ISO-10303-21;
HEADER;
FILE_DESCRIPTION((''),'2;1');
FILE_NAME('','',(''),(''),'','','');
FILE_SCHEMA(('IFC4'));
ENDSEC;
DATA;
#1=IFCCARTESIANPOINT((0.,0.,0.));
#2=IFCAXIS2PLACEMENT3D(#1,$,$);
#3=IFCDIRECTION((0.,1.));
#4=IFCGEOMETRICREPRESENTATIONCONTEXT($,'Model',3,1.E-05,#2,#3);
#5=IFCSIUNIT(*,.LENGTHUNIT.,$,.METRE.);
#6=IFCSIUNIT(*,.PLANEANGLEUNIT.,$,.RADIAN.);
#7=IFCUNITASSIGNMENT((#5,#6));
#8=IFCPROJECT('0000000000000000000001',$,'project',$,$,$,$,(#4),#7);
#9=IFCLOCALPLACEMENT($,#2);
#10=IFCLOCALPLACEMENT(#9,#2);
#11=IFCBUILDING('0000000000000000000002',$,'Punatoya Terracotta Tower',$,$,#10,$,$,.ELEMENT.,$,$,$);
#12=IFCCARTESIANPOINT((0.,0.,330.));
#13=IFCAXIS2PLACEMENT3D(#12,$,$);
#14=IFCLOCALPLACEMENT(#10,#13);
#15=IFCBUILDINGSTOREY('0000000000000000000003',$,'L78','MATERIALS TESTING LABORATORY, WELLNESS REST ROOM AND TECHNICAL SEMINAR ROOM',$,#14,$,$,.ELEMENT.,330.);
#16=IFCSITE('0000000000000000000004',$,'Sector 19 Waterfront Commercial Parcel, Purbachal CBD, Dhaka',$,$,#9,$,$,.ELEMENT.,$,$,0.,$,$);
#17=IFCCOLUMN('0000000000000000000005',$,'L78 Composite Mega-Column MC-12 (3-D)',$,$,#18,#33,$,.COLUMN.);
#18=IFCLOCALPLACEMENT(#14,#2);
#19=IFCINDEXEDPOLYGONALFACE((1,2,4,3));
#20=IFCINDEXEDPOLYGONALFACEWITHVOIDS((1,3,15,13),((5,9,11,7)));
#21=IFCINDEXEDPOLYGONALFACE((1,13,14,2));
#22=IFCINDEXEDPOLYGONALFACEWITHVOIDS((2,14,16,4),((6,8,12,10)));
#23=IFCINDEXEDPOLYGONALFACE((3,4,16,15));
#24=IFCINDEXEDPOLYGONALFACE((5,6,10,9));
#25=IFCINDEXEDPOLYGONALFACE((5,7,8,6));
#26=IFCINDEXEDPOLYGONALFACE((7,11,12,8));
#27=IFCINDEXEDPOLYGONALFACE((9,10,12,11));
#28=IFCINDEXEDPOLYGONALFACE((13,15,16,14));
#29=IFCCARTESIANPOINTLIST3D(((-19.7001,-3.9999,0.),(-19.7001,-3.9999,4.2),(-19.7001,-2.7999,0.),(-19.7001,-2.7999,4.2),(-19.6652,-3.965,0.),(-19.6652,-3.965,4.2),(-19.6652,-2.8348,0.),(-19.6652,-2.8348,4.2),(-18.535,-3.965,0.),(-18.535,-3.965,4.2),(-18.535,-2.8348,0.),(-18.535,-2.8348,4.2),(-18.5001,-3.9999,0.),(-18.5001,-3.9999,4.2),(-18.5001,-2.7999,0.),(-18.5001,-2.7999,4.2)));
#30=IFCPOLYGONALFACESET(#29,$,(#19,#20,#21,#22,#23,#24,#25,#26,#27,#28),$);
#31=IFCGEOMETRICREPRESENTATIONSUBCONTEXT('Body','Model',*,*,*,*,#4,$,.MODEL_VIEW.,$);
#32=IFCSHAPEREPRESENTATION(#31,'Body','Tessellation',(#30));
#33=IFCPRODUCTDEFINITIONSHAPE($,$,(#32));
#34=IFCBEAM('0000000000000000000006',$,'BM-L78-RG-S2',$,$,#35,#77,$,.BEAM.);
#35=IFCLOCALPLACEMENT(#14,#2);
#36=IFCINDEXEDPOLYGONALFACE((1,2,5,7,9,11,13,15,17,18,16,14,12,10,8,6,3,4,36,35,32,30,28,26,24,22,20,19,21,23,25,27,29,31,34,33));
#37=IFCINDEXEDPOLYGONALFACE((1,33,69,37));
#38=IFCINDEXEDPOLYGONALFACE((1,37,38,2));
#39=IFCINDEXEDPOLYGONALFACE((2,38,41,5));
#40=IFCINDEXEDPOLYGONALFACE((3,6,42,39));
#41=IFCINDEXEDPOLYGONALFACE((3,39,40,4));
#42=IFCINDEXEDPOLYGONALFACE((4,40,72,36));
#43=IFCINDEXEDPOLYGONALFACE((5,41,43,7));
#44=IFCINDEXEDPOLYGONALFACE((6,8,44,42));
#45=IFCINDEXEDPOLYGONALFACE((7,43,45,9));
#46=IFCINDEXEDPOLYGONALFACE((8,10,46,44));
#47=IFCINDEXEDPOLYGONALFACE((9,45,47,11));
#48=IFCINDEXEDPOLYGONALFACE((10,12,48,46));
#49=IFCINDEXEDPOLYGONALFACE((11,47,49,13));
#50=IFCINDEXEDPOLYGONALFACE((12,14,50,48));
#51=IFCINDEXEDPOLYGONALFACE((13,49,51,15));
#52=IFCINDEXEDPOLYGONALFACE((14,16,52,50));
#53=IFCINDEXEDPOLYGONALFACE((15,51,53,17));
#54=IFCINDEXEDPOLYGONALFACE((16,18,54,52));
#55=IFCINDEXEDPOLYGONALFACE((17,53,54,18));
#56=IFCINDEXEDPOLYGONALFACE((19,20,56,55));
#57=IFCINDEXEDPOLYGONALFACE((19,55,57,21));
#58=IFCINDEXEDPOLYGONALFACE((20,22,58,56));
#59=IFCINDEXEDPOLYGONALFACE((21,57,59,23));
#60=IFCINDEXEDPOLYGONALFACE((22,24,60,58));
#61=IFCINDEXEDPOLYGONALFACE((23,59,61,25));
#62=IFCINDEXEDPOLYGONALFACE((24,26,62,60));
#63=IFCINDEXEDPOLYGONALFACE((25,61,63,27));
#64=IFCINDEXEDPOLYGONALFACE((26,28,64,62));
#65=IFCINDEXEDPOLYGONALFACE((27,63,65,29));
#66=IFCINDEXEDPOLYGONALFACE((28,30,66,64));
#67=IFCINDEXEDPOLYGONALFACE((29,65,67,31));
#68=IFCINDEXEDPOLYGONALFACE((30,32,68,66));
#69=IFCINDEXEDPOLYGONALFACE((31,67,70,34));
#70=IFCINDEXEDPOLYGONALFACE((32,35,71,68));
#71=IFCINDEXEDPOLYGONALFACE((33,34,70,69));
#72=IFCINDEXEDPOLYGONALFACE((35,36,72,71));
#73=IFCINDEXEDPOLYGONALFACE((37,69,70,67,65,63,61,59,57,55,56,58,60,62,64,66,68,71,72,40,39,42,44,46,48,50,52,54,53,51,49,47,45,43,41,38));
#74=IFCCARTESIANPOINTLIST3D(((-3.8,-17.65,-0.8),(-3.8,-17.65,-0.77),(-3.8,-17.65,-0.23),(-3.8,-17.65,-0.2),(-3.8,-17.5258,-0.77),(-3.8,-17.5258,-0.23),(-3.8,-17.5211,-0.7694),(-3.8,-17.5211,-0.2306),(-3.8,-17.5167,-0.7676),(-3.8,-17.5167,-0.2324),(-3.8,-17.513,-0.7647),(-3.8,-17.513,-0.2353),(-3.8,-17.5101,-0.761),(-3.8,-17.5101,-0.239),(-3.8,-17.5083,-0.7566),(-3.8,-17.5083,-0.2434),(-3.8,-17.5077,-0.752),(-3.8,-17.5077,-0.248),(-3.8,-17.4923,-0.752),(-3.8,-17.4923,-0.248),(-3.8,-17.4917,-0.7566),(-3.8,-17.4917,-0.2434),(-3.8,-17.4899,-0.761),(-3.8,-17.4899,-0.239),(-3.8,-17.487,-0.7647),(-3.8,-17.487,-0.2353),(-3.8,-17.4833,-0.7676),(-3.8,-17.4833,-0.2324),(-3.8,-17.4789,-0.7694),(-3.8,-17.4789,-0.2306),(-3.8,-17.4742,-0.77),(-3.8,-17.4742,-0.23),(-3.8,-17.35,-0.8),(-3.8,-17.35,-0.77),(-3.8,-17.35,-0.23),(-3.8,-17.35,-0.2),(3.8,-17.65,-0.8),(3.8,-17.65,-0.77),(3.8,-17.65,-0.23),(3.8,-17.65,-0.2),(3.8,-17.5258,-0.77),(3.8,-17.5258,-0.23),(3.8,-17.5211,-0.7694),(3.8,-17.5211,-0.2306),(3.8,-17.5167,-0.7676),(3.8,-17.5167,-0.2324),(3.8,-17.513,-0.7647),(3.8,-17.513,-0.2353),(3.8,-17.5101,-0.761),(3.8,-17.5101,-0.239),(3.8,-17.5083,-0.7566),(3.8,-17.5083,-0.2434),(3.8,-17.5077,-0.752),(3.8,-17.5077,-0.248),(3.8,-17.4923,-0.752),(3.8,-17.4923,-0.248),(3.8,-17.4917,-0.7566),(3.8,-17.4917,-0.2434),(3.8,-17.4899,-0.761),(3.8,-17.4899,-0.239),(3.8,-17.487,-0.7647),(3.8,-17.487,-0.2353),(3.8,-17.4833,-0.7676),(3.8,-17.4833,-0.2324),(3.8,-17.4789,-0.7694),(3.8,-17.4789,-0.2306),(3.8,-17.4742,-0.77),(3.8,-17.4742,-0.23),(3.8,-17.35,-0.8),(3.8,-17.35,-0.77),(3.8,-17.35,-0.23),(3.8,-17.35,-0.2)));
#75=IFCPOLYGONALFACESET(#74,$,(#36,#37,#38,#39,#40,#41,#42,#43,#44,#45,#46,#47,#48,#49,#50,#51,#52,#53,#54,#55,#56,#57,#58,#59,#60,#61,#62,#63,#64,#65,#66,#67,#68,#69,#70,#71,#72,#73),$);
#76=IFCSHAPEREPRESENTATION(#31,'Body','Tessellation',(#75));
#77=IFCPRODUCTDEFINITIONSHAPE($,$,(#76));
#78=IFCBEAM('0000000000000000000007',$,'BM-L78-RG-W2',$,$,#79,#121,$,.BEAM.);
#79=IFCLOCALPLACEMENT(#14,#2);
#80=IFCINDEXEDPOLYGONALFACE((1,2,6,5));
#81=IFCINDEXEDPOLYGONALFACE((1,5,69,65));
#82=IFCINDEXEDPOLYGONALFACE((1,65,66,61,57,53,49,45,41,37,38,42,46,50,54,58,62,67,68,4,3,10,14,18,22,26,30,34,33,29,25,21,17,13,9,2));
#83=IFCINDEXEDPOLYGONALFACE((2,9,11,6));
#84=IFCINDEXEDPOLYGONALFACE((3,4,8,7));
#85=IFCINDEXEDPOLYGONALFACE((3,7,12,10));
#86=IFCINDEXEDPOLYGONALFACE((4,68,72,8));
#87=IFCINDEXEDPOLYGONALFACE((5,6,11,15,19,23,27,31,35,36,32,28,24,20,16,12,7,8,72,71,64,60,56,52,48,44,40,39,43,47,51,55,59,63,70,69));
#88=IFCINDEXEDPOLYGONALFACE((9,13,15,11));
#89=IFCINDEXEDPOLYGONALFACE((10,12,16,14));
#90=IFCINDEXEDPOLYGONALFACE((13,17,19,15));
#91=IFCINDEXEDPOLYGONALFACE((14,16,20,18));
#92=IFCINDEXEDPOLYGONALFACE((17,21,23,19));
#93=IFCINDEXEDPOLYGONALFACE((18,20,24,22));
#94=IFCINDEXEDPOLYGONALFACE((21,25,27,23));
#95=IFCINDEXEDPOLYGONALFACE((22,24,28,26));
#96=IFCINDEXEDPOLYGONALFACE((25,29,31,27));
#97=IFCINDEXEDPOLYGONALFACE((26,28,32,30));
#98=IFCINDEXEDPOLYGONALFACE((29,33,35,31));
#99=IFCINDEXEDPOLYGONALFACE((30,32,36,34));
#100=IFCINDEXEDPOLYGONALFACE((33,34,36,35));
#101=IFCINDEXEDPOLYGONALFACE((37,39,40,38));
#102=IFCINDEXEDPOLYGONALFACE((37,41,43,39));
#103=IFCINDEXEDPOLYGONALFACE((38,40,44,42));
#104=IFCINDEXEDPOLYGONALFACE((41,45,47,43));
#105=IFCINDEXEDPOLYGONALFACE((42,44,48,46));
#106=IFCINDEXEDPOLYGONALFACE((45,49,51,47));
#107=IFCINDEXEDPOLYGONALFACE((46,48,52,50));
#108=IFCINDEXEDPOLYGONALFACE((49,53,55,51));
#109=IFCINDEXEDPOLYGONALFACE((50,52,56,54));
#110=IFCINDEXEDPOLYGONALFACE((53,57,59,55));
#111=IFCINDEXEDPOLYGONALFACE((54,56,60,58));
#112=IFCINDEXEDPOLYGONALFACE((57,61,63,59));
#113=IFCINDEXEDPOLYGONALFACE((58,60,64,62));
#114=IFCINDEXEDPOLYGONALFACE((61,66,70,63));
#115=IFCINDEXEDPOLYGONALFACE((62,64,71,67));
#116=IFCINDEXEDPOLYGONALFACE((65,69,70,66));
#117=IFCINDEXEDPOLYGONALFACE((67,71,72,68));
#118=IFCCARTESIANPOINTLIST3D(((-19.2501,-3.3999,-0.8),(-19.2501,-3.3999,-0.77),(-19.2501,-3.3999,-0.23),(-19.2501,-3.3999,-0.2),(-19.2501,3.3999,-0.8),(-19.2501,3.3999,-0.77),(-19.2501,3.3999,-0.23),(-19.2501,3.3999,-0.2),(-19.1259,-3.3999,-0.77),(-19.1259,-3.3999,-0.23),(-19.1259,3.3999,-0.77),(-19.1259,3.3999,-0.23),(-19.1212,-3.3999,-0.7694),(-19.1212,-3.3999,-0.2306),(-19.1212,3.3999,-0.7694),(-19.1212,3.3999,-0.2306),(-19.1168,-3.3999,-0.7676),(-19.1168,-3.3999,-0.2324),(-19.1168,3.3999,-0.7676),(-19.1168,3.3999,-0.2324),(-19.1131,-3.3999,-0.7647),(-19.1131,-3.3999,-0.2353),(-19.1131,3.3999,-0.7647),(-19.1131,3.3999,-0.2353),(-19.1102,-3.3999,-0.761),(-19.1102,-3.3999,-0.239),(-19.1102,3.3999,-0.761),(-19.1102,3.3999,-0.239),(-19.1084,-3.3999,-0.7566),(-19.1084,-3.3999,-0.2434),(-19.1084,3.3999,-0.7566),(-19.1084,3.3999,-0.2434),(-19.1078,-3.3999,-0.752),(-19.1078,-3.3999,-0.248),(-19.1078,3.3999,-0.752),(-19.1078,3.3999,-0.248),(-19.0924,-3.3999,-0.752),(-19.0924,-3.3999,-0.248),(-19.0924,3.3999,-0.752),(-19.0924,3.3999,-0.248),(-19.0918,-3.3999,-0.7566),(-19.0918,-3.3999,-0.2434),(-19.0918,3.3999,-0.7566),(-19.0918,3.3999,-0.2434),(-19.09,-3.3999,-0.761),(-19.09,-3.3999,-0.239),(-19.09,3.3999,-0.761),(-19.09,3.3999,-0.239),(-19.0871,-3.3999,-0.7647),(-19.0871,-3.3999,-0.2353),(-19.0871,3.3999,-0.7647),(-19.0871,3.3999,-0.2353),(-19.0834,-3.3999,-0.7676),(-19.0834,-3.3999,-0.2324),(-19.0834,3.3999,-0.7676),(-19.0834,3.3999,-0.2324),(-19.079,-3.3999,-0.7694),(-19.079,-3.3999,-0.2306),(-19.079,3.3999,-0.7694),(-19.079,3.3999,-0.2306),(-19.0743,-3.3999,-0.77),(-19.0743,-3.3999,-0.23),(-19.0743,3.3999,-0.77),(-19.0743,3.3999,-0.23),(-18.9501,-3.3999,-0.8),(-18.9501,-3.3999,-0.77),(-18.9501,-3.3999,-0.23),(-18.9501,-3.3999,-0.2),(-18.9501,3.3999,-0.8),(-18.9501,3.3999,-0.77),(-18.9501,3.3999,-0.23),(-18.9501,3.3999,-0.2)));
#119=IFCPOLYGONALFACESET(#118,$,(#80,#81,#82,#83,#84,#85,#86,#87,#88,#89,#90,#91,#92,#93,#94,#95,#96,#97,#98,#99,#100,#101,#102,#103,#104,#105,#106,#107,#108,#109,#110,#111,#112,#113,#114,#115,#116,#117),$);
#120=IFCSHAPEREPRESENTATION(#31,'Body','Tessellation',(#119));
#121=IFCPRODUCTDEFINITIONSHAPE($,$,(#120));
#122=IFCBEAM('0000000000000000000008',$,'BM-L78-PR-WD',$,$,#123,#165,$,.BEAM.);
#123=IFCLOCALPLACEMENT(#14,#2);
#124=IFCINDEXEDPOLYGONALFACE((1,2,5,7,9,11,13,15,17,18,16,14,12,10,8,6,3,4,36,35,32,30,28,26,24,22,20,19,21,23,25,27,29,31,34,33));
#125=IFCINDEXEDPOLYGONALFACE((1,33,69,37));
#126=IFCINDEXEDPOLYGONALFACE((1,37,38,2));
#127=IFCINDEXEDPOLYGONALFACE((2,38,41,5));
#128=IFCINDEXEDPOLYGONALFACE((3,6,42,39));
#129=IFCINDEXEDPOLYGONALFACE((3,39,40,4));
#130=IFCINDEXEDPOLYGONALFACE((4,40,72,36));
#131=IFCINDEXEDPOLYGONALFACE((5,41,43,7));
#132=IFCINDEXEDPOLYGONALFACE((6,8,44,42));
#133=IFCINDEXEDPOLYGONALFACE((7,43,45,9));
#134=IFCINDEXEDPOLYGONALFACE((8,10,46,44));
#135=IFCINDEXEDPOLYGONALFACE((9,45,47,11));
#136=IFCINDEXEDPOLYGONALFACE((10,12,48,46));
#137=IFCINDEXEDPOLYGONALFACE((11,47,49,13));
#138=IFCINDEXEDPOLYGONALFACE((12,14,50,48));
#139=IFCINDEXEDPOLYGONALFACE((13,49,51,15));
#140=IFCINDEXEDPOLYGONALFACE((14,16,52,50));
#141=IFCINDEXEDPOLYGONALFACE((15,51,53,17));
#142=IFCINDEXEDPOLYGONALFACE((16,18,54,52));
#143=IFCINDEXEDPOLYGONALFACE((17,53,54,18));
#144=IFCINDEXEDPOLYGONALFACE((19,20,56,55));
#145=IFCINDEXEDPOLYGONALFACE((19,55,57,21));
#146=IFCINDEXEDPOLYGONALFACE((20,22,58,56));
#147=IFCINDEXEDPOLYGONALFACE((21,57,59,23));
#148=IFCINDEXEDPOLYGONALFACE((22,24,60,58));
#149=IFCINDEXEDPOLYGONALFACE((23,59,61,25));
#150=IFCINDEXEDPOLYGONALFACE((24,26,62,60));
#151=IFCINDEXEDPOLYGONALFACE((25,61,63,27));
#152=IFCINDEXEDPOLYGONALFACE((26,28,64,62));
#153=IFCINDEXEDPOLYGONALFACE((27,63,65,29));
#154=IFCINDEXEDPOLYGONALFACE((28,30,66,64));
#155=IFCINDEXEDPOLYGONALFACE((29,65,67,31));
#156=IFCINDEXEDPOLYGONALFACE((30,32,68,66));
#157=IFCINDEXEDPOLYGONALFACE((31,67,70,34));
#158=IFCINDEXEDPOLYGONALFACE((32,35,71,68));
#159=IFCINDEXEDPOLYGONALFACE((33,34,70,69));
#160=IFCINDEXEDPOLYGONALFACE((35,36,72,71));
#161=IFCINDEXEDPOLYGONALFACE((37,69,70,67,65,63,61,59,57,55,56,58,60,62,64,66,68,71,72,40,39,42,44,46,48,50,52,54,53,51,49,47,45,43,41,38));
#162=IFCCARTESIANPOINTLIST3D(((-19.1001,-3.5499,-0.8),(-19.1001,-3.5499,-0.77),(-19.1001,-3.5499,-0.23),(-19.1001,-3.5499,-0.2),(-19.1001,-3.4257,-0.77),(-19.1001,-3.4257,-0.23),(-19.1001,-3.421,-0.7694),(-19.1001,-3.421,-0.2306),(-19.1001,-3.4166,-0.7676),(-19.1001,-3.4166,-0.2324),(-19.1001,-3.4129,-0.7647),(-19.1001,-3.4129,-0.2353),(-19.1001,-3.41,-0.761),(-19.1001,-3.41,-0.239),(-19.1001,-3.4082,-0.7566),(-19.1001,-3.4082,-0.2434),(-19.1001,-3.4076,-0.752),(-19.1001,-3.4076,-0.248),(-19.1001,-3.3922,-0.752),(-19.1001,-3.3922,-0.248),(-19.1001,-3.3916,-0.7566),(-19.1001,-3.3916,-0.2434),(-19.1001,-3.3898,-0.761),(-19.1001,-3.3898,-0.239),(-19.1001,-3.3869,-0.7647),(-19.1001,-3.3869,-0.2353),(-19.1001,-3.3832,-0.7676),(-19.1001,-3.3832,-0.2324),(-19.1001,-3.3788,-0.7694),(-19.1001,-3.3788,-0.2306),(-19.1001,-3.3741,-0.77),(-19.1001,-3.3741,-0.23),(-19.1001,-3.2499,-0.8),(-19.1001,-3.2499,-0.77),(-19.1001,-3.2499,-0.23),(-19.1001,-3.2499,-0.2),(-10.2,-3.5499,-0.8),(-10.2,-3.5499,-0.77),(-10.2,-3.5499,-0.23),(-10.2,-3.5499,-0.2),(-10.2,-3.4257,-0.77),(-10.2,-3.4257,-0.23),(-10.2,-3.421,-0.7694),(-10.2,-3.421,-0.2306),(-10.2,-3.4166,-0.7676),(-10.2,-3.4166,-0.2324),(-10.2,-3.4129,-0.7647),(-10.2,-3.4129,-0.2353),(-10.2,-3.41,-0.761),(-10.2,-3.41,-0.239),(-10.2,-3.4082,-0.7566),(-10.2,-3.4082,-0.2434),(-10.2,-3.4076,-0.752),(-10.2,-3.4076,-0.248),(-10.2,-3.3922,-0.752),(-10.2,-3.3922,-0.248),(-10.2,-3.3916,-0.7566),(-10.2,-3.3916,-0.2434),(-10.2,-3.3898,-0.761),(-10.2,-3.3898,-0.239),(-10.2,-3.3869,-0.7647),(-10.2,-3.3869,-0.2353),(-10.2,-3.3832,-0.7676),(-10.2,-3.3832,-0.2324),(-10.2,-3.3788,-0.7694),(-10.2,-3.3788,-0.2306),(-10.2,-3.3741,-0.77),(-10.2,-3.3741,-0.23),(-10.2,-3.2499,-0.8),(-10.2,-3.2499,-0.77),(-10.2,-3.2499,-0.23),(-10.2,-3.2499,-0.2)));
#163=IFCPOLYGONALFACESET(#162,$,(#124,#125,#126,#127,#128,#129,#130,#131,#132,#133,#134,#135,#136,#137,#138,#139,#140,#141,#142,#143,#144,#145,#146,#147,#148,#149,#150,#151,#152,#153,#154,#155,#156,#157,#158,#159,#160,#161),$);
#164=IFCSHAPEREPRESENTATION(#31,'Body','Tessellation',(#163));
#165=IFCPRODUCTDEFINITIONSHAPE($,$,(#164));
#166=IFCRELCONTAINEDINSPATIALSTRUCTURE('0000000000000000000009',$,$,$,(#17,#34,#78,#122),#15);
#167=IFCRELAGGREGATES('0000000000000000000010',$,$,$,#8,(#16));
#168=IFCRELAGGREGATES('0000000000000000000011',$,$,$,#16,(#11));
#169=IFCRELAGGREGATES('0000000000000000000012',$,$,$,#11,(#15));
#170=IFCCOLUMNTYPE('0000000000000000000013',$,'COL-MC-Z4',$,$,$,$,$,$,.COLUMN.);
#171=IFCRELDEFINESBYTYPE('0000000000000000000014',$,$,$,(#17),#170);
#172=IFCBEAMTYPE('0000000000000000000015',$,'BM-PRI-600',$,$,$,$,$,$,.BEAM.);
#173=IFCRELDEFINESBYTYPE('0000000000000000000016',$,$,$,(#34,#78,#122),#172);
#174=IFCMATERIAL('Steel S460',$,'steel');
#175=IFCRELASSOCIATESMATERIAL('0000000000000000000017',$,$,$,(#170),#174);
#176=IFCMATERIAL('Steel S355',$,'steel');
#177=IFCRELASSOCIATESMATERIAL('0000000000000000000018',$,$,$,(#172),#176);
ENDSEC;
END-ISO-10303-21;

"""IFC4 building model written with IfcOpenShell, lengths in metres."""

from ifc_helpers import new_model, si_unit, direction, frame, origin, origin_2d, place, context, subcontext, project, spatial, hollow_rectangle, i_section, extrude, material, material_profile, profile_set, type_object, element, save


model = new_model("IFC4")

# Units and contexts
model_context = context("Model", 3, precision=1e-05, world=origin(), true_north=direction((0.0, 1.0)))
body_context = subcontext(model_context, "Body", "Model", "MODEL_VIEW")
ifc_project = project(units=[si_unit("LENGTHUNIT", "METRE"), si_unit("PLANEANGLEUNIT", "RADIAN")], contexts=[model_context])

# Site, building, storey
site_placement = place(None, origin())
site = spatial("IfcSite", under=ifc_project, at=site_placement, Name="Sector 19 Waterfront Commercial Parcel, Purbachal CBD, Dhaka", CompositionType="ELEMENT", RefElevation=0.0)
building_placement = place(site_placement, origin())
building = spatial("IfcBuilding", under=site, at=building_placement, Name="Punatoya Terracotta Tower", CompositionType="ELEMENT")
storey_placement = place(building_placement, frame((0.0, 0.0, 330.0)))
storey = spatial("IfcBuildingStorey", under=building, at=storey_placement, Name="L78", Description="MATERIALS TESTING LABORATORY, WELLNESS REST ROOM AND TECHNICAL SEMINAR ROOM", CompositionType="ELEMENT", Elevation=330.0)

# Column
ifc_material_1 = material(Name="Steel S460", Category="steel")
ifc_material_profile_1 = material_profile(ifc_material_1, hollow_rectangle(XDim=1.2, YDim=1.2, WallThickness=0.0349, at=origin_2d()))
ifc_profile_set_1 = profile_set([ifc_material_profile_1], Name="Steel S460")
column_type = type_object("IfcColumnType", Name="COL-MC-Z4", PredefinedType="COLUMN", material=ifc_profile_set_1)
column_placement = place(storey_placement, frame((-19.1001, -3.3999, 0.0), z_axis=(0.0, 0.0, 1.0), x_axis=(1.0, 0.0, 0.0)))
element("IfcColumn", 1, at=column_placement, inside=storey, type_object=column_type, Name="L78 Composite Mega-Column MC-12 (3-D)", PredefinedType="COLUMN", context=body_context, shape_type="SweptSolid", body=[
    extrude(hollow_rectangle(XDim=1.2, YDim=1.2, WallThickness=0.0349, at=origin_2d()), origin(), (0.0, 0.0, 1.0), 4.2),
])

# Beams
ifc_material_2 = material(Name="Steel S355", Category="steel")
ifc_material_profile_2 = material_profile(ifc_material_2, i_section(OverallWidth=0.3, OverallDepth=0.6001, WebThickness=0.0154, FlangeThickness=0.03, FilletRadius=0.0181, at=origin_2d()))
ifc_profile_set_2 = profile_set([ifc_material_profile_2], Name="Steel S355")
beam_type_1 = type_object("IfcBeamType", Name="BM-PRI-600", PredefinedType="BEAM", material=ifc_profile_set_2)
beam_1_placement = place(storey_placement, frame((-3.8, -17.5, -0.5), z_axis=(1.0, 0.0, 0.0), x_axis=(0.0, 1.0, 0.0)))
element("IfcBeam", 2, at=beam_1_placement, inside=storey, type_object=beam_type_1, Name="BM-L78-RG-S2", PredefinedType="BEAM", context=body_context, shape_type="SweptSolid", body=[
    extrude(i_section(OverallWidth=0.3, OverallDepth=0.6001, WebThickness=0.0154, FlangeThickness=0.03, FilletRadius=0.0181, at=origin_2d()), origin(), (0.0, 0.0, 1.0), 7.6001),
])
beam_2_placement = place(storey_placement, frame((-19.1001, -3.3999, -0.5), z_axis=(0.0, 1.0, 0.0), x_axis=(-1.0, 0.0, 0.0)))
element("IfcBeam", 3, at=beam_2_placement, inside=storey, type_object=beam_type_1, Name="BM-L78-RG-W2", PredefinedType="BEAM", context=body_context, shape_type="SweptSolid", body=[
    extrude(i_section(OverallWidth=0.3, OverallDepth=0.6001, WebThickness=0.0154, FlangeThickness=0.03, FilletRadius=0.0181, at=origin_2d()), origin(), (0.0, 0.0, 1.0), 6.7998),
])
beam_3_placement = place(storey_placement, frame((-19.1001, -3.3999, -0.5), z_axis=(1.0, 0.0, 0.0), x_axis=(0.0, 1.0, 0.0)))
element("IfcBeam", 4, at=beam_3_placement, inside=storey, type_object=beam_type_1, Name="BM-L78-PR-WD", PredefinedType="BEAM", context=body_context, shape_type="SweptSolid", body=[
    extrude(i_section(OverallWidth=0.3, OverallDepth=0.6001, WebThickness=0.0154, FlangeThickness=0.03, FilletRadius=0.0181, at=origin_2d()), origin(), (0.0, 0.0, 1.0), 8.9001),
])

save(model, "model.ifc")
